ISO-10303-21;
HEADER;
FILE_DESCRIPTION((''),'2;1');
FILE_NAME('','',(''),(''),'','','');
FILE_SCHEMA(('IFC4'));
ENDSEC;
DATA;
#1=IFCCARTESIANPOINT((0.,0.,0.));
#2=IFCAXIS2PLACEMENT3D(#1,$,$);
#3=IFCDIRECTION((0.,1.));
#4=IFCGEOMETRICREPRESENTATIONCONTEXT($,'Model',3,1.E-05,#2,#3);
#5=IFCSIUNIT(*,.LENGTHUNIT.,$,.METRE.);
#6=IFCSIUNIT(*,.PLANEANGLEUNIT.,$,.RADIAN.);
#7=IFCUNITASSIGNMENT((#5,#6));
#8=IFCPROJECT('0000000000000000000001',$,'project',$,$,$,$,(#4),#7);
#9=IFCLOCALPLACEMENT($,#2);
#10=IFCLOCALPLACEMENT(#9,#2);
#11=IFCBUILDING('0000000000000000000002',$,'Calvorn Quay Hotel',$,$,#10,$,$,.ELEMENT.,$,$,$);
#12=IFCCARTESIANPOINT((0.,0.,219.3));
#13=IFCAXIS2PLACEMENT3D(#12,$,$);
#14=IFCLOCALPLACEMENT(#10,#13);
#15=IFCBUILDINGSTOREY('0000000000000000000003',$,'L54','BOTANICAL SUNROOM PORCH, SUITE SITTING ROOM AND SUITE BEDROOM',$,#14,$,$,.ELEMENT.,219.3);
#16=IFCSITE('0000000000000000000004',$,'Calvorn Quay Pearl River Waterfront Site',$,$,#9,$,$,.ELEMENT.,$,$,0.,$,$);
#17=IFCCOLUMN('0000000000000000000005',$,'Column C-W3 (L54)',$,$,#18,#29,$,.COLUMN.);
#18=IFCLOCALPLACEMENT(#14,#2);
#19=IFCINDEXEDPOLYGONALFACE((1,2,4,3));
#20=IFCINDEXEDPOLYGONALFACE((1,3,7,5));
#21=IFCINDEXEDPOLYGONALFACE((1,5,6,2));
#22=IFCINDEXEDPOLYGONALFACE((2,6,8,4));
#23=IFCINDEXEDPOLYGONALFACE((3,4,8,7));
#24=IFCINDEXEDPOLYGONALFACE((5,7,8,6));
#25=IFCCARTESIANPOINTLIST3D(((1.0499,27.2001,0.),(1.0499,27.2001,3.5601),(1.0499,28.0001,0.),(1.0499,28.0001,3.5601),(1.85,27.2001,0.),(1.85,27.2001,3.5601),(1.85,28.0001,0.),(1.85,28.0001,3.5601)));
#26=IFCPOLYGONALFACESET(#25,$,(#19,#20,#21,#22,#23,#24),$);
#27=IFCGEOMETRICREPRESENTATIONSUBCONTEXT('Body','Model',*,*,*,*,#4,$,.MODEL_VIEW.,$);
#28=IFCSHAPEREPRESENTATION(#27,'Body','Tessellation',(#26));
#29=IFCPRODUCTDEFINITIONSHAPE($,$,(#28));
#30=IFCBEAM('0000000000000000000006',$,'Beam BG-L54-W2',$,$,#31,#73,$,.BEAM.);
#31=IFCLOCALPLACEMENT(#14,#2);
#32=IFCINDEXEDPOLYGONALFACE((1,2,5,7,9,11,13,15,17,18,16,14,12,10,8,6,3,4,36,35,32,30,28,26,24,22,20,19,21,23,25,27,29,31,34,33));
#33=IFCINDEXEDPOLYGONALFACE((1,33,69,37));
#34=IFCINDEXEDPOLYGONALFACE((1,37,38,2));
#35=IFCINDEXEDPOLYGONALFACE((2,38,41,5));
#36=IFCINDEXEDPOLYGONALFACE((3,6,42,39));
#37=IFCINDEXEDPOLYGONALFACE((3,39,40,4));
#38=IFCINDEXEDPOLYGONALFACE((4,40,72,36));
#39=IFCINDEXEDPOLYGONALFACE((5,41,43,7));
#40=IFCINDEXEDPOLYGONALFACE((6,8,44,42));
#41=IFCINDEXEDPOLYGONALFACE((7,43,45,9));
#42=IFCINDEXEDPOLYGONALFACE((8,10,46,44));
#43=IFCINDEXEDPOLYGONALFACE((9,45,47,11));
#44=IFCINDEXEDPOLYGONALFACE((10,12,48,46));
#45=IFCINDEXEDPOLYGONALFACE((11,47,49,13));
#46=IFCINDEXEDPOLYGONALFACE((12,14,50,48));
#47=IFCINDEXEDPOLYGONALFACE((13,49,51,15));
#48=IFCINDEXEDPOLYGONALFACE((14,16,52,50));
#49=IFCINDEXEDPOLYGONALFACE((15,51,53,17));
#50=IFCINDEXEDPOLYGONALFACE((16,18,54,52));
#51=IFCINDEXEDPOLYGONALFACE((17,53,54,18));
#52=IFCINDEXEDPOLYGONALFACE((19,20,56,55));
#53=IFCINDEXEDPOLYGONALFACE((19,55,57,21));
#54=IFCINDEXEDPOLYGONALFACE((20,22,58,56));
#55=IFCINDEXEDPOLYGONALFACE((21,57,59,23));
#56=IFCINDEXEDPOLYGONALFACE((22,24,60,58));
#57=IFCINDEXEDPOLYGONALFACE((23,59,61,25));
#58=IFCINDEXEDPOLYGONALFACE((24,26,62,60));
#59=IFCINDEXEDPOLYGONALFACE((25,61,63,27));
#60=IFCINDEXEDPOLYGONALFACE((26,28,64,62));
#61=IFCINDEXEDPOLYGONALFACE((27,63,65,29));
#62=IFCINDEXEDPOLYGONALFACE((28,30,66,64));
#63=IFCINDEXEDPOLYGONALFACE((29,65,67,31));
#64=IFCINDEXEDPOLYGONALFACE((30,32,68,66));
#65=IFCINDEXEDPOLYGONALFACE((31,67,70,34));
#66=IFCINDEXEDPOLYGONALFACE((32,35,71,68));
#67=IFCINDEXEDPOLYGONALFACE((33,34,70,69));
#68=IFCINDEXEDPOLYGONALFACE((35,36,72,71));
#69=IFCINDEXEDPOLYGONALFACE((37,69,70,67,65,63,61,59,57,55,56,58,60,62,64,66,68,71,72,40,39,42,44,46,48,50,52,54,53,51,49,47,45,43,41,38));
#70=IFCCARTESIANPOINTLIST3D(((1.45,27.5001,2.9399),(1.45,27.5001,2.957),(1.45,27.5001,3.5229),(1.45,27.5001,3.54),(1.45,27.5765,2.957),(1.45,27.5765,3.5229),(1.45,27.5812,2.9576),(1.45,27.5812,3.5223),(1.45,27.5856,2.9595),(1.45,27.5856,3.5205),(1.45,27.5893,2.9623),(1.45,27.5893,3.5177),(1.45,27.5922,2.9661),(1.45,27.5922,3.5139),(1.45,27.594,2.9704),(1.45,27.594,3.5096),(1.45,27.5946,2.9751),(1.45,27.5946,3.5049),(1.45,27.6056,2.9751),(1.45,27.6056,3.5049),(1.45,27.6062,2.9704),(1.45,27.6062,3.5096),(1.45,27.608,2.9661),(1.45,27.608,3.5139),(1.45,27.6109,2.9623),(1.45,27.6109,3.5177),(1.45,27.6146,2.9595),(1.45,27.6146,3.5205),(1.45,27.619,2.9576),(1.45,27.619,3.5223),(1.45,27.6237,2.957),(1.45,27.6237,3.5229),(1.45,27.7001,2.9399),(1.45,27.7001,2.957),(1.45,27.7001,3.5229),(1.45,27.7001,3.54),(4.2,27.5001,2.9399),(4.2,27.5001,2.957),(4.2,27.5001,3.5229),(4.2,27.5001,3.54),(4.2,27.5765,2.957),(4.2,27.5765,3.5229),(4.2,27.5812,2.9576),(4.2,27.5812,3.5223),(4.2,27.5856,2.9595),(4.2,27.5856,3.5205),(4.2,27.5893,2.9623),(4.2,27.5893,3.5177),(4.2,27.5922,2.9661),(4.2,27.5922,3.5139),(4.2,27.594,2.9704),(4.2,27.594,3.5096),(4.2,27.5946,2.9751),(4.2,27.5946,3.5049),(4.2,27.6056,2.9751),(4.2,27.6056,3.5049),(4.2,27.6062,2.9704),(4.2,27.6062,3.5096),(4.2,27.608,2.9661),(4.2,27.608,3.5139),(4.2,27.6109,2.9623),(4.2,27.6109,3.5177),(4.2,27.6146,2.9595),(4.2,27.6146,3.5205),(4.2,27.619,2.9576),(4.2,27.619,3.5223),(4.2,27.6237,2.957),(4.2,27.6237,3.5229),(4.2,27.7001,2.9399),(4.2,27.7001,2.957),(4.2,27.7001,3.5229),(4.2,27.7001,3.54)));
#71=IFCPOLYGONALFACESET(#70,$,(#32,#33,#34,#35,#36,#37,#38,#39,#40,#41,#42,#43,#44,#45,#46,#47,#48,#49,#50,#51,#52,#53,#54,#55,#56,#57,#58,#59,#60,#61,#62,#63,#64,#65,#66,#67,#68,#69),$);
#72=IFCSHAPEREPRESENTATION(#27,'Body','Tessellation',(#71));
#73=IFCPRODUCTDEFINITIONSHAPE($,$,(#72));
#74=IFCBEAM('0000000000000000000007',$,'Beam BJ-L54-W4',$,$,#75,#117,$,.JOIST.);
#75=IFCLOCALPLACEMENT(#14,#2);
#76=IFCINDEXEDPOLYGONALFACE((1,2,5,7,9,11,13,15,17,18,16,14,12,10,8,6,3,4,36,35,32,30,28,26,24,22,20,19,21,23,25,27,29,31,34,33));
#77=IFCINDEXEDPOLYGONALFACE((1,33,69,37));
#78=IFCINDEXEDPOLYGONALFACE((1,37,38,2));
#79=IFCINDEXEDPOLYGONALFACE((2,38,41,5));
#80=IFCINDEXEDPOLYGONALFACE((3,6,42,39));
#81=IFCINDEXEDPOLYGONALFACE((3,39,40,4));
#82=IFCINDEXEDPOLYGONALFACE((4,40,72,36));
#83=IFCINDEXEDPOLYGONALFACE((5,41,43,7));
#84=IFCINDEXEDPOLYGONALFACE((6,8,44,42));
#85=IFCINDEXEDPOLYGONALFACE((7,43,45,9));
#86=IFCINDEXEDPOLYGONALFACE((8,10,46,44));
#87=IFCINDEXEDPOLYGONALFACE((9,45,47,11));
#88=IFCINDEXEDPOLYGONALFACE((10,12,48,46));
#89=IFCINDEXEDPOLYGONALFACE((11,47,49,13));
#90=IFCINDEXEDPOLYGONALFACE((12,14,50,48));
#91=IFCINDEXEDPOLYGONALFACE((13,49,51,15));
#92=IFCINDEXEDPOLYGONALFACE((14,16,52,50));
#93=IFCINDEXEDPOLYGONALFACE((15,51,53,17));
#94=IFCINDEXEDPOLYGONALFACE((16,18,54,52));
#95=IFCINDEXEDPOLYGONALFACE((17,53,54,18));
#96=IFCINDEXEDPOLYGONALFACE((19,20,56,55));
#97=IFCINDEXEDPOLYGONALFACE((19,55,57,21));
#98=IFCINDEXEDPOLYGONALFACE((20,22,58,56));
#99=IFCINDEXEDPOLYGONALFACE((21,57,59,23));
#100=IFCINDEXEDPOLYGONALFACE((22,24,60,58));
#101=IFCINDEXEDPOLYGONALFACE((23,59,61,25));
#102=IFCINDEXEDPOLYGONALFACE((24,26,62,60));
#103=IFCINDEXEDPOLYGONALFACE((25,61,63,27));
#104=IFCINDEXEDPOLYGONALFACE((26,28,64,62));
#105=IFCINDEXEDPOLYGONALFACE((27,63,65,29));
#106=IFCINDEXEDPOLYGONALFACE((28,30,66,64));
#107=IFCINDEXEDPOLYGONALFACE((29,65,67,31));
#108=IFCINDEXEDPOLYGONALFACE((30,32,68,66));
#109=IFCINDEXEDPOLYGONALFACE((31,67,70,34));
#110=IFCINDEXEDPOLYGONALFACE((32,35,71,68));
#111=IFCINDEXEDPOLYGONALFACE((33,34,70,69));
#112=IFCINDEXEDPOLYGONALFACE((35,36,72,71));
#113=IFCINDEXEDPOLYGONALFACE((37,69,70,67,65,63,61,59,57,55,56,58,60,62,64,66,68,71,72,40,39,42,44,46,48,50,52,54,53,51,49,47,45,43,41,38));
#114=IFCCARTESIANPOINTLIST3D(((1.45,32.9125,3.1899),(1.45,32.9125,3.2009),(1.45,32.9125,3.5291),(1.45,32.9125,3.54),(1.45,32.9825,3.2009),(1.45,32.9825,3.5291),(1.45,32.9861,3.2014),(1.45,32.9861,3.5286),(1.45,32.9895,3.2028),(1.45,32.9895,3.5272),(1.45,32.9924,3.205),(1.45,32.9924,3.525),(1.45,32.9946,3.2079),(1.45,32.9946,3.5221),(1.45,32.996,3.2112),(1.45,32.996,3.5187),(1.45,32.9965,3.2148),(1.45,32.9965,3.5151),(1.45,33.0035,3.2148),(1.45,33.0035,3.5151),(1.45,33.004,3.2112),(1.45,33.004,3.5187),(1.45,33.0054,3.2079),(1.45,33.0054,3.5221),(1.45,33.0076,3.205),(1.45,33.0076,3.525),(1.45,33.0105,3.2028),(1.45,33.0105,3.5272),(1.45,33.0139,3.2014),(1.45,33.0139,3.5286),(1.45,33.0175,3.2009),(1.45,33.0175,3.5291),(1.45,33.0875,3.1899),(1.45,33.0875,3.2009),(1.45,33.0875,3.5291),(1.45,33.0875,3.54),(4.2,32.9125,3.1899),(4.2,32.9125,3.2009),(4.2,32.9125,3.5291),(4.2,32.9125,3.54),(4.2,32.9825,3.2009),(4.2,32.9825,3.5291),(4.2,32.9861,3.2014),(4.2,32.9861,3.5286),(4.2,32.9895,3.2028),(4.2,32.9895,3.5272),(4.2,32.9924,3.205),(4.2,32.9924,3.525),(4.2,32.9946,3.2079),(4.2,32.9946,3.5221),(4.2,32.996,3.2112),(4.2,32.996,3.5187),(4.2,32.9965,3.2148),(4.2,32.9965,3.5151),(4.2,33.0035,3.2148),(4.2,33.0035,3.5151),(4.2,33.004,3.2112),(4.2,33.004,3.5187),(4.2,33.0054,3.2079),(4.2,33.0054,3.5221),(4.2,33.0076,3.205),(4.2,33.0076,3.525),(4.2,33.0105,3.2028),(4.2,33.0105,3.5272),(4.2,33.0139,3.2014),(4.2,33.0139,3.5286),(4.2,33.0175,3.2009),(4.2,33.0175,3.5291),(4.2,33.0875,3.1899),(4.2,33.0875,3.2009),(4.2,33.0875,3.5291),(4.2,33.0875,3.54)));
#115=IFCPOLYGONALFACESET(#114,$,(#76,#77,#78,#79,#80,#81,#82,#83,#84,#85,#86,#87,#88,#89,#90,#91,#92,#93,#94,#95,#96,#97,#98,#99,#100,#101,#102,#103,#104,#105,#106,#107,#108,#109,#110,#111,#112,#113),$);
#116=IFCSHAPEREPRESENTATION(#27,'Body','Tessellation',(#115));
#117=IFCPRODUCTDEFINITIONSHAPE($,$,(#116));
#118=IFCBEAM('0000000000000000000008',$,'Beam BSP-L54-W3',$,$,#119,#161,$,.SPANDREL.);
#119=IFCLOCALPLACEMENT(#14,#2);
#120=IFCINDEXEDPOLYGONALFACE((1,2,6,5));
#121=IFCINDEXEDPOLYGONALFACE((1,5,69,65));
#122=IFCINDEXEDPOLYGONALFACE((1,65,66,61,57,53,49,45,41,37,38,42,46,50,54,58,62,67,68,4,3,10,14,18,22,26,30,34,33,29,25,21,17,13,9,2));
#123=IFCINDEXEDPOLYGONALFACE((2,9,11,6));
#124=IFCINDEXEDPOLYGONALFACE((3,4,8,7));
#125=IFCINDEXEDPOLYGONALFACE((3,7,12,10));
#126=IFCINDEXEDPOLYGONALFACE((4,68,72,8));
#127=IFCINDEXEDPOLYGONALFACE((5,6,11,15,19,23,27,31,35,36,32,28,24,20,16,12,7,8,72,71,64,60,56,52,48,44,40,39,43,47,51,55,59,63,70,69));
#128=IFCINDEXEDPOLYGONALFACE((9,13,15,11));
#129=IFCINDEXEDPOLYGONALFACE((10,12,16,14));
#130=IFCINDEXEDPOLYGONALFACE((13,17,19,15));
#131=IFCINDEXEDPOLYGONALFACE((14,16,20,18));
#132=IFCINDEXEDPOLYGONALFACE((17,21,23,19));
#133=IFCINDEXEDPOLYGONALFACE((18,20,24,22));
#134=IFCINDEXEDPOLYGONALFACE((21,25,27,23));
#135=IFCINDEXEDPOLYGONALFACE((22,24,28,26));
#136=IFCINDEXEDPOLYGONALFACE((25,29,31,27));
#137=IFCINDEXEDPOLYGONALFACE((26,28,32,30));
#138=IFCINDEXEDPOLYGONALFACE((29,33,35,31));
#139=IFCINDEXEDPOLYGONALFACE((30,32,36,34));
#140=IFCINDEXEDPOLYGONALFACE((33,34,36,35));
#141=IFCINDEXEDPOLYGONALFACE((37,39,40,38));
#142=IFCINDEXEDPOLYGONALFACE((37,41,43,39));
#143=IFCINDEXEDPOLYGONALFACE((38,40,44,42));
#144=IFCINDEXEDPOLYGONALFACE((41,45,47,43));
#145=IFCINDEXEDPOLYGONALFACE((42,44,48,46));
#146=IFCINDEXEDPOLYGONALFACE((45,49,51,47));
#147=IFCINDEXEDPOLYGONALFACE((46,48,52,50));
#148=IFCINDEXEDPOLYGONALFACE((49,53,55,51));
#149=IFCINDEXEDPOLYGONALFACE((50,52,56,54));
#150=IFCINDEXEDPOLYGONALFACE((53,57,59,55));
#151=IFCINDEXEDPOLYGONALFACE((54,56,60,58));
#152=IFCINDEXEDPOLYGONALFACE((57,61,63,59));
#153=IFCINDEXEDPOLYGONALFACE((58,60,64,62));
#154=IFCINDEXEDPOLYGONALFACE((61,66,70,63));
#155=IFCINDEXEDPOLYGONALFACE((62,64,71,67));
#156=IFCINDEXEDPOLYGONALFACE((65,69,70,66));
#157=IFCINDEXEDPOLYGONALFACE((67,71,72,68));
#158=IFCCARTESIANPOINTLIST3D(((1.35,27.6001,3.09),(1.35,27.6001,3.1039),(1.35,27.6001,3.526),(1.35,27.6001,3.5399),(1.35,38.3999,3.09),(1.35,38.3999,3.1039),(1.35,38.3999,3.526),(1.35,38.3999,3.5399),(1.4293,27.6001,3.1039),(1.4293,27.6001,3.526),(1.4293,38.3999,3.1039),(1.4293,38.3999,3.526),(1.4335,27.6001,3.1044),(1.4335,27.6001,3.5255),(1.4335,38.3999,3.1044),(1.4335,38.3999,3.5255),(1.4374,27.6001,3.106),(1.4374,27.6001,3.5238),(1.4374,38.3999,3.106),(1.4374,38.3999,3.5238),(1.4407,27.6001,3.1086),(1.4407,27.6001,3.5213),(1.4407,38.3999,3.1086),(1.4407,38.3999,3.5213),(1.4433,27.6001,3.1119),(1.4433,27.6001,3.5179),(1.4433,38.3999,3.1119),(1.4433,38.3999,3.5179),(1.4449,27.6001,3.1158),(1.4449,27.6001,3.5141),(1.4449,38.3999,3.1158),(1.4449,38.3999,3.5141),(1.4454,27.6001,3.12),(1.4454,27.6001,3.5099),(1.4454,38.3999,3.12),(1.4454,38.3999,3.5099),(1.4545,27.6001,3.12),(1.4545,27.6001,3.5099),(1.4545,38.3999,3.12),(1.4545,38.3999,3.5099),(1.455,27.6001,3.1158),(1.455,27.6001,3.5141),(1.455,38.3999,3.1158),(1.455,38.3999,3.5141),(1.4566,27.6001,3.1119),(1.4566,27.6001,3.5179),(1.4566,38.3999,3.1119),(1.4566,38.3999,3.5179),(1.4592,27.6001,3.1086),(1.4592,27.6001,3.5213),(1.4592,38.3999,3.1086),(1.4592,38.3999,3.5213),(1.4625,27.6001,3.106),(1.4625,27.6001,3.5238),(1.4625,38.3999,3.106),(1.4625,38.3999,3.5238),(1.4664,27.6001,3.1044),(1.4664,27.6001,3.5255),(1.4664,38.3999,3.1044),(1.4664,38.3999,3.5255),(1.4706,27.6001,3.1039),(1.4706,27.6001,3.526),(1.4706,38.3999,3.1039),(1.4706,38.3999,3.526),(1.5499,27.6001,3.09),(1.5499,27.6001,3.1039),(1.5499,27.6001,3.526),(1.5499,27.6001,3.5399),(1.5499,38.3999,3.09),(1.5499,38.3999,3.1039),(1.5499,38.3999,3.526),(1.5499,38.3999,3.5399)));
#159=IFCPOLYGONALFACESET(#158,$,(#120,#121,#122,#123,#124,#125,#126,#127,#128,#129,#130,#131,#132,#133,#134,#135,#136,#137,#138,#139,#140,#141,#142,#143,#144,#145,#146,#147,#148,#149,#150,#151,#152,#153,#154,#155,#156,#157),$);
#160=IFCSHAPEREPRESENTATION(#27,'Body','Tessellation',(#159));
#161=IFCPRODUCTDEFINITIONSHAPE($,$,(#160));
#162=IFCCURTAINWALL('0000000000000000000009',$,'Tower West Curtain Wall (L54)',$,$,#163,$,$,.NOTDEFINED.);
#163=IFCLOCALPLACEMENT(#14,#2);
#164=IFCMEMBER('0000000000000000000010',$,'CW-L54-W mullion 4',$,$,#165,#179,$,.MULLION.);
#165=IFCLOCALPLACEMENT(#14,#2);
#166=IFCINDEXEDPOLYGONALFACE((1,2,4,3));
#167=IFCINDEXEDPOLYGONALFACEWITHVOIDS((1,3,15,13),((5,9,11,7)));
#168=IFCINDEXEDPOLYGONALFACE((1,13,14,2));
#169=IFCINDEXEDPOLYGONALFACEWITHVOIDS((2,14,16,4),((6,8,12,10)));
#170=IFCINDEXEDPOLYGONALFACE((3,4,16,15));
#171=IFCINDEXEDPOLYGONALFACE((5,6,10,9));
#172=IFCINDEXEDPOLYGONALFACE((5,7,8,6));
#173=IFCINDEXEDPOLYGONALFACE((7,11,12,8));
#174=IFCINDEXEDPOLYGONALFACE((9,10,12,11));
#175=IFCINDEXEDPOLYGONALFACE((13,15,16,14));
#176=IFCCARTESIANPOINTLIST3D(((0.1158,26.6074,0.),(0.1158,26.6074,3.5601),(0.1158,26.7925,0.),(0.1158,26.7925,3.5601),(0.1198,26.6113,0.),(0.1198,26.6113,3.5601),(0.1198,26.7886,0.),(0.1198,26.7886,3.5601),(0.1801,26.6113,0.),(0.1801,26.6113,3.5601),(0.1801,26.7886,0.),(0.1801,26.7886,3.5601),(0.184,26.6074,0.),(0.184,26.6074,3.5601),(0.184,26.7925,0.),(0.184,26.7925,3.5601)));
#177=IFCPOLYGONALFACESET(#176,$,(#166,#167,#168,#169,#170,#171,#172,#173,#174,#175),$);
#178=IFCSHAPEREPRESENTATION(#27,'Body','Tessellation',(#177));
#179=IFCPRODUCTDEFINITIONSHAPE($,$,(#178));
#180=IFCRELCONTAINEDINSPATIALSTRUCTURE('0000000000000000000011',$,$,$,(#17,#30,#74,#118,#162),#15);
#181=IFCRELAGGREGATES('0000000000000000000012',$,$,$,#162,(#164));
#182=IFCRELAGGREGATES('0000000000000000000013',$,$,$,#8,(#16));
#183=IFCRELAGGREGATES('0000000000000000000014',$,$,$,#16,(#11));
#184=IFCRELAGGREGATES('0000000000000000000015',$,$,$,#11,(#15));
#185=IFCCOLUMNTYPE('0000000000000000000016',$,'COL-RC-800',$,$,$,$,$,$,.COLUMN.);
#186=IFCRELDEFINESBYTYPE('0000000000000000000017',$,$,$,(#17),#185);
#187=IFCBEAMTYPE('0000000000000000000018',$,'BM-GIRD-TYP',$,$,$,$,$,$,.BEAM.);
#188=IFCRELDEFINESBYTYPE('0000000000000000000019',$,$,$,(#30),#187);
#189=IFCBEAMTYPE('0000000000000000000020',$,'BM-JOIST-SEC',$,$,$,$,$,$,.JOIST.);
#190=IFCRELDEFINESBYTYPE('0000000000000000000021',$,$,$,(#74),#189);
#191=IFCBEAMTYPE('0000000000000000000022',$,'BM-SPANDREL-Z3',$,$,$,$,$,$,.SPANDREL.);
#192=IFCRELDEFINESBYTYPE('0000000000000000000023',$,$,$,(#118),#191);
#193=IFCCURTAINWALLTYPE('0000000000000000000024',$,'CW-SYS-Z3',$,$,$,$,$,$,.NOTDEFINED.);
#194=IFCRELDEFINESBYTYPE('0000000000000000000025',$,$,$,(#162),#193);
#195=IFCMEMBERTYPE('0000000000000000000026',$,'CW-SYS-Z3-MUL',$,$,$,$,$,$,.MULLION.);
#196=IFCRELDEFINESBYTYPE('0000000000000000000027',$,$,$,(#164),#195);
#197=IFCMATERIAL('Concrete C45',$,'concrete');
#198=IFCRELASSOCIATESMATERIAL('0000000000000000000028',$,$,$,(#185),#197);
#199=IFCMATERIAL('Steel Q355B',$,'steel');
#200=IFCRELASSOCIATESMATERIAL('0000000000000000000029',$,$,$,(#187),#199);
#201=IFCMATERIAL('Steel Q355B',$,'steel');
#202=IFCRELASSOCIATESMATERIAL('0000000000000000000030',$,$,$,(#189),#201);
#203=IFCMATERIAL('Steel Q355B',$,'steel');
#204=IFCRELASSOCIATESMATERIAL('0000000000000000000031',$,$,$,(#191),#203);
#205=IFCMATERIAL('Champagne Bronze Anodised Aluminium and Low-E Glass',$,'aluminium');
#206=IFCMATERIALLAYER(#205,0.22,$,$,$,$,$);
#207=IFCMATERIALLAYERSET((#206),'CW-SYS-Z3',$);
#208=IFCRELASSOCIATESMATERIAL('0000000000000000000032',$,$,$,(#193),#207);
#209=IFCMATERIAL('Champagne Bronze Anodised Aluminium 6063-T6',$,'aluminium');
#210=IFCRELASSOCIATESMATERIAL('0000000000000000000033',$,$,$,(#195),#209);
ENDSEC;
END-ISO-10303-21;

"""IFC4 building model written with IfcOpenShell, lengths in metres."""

from ifc_helpers import new_model, si_unit, direction, frame, origin, origin_2d, place, context, subcontext, project, spatial, rectangle, hollow_rectangle, i_section, extrude, material, layer, layer_set, material_profile, profile_set, type_object, element, aggregate, save


model = new_model("IFC4")

# Units and contexts
model_context = context("Model", 3, precision=1e-05, world=origin(), true_north=direction((0.0, 1.0)))
body_context = subcontext(model_context, "Body", "Model", "MODEL_VIEW")
ifc_project = project(units=[si_unit("LENGTHUNIT", "METRE"), si_unit("PLANEANGLEUNIT", "RADIAN")], contexts=[model_context])

# Site, building, storey
site_placement = place(None, origin())
site = spatial("IfcSite", under=ifc_project, at=site_placement, Name="Calvorn Quay Pearl River Waterfront Site", CompositionType="ELEMENT", RefElevation=0.0)
building_placement = place(site_placement, origin())
building = spatial("IfcBuilding", under=site, at=building_placement, Name="Calvorn Quay Hotel", CompositionType="ELEMENT")
storey_placement = place(building_placement, frame((0.0, 0.0, 219.3)))
storey = spatial("IfcBuildingStorey", under=building, at=storey_placement, Name="L54", Description="BOTANICAL SUNROOM PORCH, SUITE SITTING ROOM AND SUITE BEDROOM", CompositionType="ELEMENT", Elevation=219.3)

# Column
ifc_material_1 = material(Name="Concrete C45", Category="concrete")
ifc_material_profile_1 = material_profile(ifc_material_1, rectangle(XDim=0.8, YDim=0.8, at=origin_2d()), Name="RC800x800")
ifc_profile_set_1 = profile_set([ifc_material_profile_1], Name="Concrete C45")
column_type = type_object("IfcColumnType", Name="COL-RC-800", PredefinedType="COLUMN", material=ifc_profile_set_1)
column_placement = place(storey_placement, frame((1.45, 27.6001, 0.0), z_axis=(0.0, 0.0, 1.0), x_axis=(1.0, 0.0, 0.0)))
element("IfcColumn", 1, at=column_placement, inside=storey, type_object=column_type, Name="Column C-W3 (L54)", PredefinedType="COLUMN", context=body_context, shape_type="SweptSolid", body=[
    extrude(rectangle(XDim=0.8, YDim=0.8, at=origin_2d()), origin(), (0.0, 0.0, 1.0), 3.5601),
])

# Beams
ifc_material_2 = material(Name="Steel Q355B", Category="steel")
ifc_material_profile_2 = material_profile(ifc_material_2, i_section(OverallWidth=0.2, OverallDepth=0.6001, WebThickness=0.011, FlangeThickness=0.0171, FilletRadius=0.0181, at=origin_2d()), Name="HN600x200x11x17")
ifc_profile_set_2 = profile_set([ifc_material_profile_2], Name="Steel Q355B")
beam_type_1 = type_object("IfcBeamType", Name="BM-GIRD-TYP", PredefinedType="BEAM", material=ifc_profile_set_2)
beam_1_placement = place(storey_placement, frame((1.45, 27.6001, 3.24), z_axis=(1.0, 0.0, 0.0), x_axis=(0.0, 1.0, 0.0)))
element("IfcBeam", 2, at=beam_1_placement, inside=storey, type_object=beam_type_1, Name="Beam BG-L54-W2", PredefinedType="BEAM", context=body_context, shape_type="SweptSolid", body=[
    extrude(i_section(OverallWidth=0.2, OverallDepth=0.6001, WebThickness=0.011, FlangeThickness=0.0171, FilletRadius=0.0181, at=origin_2d()), origin(), (0.0, 0.0, 1.0), 2.75),
])
ifc_material_3 = material(Name="Steel Q355B", Category="steel")
ifc_material_profile_3 = material_profile(ifc_material_3, i_section(OverallWidth=0.175, OverallDepth=0.3501, WebThickness=0.0071, FlangeThickness=0.011, FilletRadius=0.0139, at=origin_2d()), Name="HN350x175x7x11")
ifc_profile_set_3 = profile_set([ifc_material_profile_3], Name="Steel Q355B")
beam_type_2 = type_object("IfcBeamType", Name="BM-JOIST-SEC", PredefinedType="JOIST", material=ifc_profile_set_3)
beam_2_placement = place(storey_placement, frame((1.45, 33.0, 3.365), z_axis=(1.0, 0.0, 0.0), x_axis=(0.0, 1.0, 0.0)))
element("IfcBeam", 3, at=beam_2_placement, inside=storey, type_object=beam_type_2, Name="Beam BJ-L54-W4", PredefinedType="JOIST", context=body_context, shape_type="SweptSolid", body=[
    extrude(i_section(OverallWidth=0.175, OverallDepth=0.3501, WebThickness=0.0071, FlangeThickness=0.011, FilletRadius=0.0139, at=origin_2d()), origin(), (0.0, 0.0, 1.0), 2.75),
])
ifc_material_4 = material(Name="Steel Q355B", Category="steel")
ifc_material_profile_4 = material_profile(ifc_material_4, i_section(OverallWidth=0.2, OverallDepth=0.45, WebThickness=0.009, FlangeThickness=0.0139, FilletRadius=0.0161, at=origin_2d()), Name="HN450x200x9x14")
ifc_profile_set_4 = profile_set([ifc_material_profile_4], Name="Steel Q355B")
beam_type_3 = type_object("IfcBeamType", Name="BM-SPANDREL-Z3", PredefinedType="SPANDREL", material=ifc_profile_set_4)
beam_3_placement = place(storey_placement, frame((1.45, 27.6001, 3.3149), z_axis=(0.0, 1.0, 0.0), x_axis=(-1.0, 0.0, 0.0)))
element("IfcBeam", 4, at=beam_3_placement, inside=storey, type_object=beam_type_3, Name="Beam BSP-L54-W3", PredefinedType="SPANDREL", context=body_context, shape_type="SweptSolid", body=[
    extrude(i_section(OverallWidth=0.2, OverallDepth=0.45, WebThickness=0.009, FlangeThickness=0.0139, FilletRadius=0.0161, at=origin_2d()), origin(), (0.0, 0.0, 1.0), 10.7998),
])

# Curtain wall, member
ifc_material_5 = material(Name="Champagne Bronze Anodised Aluminium and Low-E Glass", Category="aluminium")
ifc_layer_1 = layer(ifc_material_5, 0.22)
ifc_layer_set_1 = layer_set([ifc_layer_1], Name="CW-SYS-Z3")
curtain_wall_type = type_object("IfcCurtainWallType", Name="CW-SYS-Z3", PredefinedType="NOTDEFINED", material=ifc_layer_set_1)
curtain_wall_placement = place(storey_placement, origin())
curtain_wall = element("IfcCurtainWall", 5, at=curtain_wall_placement, inside=storey, type_object=curtain_wall_type, Name="Tower West Curtain Wall (L54)", PredefinedType="NOTDEFINED")
ifc_material_6 = material(Name="Champagne Bronze Anodised Aluminium 6063-T6", Category="aluminium")
ifc_material_profile_5 = material_profile(ifc_material_6, hollow_rectangle(XDim=0.0681, YDim=0.1851, WallThickness=0.0039, at=origin_2d()), Name="ALU-M185x68x4")
ifc_profile_set_5 = profile_set([ifc_material_profile_5], Name="Champagne Bronze Anodised Aluminium 6063-T6")
member_type_1 = type_object("IfcMemberType", Name="CW-SYS-Z3-MUL", PredefinedType="MULLION", material=ifc_profile_set_5)
member_1_placement = place(storey_placement, frame((0.1499, 26.7, 0.0), z_axis=(0.0, 0.0, 1.0), x_axis=(-1.0, 0.0, 0.0)))
member_1 = element("IfcMember", 6, at=member_1_placement, type_object=member_type_1, Name="CW-L54-W mullion 4", PredefinedType="MULLION", context=body_context, shape_type="SweptSolid", body=[
    extrude(hollow_rectangle(XDim=0.0681, YDim=0.1851, WallThickness=0.0039, at=origin_2d()), origin(), (0.0, 0.0, 1.0), 3.5601),
])
aggregate(curtain_wall, [member_1])

save(model, "model.ifc")
